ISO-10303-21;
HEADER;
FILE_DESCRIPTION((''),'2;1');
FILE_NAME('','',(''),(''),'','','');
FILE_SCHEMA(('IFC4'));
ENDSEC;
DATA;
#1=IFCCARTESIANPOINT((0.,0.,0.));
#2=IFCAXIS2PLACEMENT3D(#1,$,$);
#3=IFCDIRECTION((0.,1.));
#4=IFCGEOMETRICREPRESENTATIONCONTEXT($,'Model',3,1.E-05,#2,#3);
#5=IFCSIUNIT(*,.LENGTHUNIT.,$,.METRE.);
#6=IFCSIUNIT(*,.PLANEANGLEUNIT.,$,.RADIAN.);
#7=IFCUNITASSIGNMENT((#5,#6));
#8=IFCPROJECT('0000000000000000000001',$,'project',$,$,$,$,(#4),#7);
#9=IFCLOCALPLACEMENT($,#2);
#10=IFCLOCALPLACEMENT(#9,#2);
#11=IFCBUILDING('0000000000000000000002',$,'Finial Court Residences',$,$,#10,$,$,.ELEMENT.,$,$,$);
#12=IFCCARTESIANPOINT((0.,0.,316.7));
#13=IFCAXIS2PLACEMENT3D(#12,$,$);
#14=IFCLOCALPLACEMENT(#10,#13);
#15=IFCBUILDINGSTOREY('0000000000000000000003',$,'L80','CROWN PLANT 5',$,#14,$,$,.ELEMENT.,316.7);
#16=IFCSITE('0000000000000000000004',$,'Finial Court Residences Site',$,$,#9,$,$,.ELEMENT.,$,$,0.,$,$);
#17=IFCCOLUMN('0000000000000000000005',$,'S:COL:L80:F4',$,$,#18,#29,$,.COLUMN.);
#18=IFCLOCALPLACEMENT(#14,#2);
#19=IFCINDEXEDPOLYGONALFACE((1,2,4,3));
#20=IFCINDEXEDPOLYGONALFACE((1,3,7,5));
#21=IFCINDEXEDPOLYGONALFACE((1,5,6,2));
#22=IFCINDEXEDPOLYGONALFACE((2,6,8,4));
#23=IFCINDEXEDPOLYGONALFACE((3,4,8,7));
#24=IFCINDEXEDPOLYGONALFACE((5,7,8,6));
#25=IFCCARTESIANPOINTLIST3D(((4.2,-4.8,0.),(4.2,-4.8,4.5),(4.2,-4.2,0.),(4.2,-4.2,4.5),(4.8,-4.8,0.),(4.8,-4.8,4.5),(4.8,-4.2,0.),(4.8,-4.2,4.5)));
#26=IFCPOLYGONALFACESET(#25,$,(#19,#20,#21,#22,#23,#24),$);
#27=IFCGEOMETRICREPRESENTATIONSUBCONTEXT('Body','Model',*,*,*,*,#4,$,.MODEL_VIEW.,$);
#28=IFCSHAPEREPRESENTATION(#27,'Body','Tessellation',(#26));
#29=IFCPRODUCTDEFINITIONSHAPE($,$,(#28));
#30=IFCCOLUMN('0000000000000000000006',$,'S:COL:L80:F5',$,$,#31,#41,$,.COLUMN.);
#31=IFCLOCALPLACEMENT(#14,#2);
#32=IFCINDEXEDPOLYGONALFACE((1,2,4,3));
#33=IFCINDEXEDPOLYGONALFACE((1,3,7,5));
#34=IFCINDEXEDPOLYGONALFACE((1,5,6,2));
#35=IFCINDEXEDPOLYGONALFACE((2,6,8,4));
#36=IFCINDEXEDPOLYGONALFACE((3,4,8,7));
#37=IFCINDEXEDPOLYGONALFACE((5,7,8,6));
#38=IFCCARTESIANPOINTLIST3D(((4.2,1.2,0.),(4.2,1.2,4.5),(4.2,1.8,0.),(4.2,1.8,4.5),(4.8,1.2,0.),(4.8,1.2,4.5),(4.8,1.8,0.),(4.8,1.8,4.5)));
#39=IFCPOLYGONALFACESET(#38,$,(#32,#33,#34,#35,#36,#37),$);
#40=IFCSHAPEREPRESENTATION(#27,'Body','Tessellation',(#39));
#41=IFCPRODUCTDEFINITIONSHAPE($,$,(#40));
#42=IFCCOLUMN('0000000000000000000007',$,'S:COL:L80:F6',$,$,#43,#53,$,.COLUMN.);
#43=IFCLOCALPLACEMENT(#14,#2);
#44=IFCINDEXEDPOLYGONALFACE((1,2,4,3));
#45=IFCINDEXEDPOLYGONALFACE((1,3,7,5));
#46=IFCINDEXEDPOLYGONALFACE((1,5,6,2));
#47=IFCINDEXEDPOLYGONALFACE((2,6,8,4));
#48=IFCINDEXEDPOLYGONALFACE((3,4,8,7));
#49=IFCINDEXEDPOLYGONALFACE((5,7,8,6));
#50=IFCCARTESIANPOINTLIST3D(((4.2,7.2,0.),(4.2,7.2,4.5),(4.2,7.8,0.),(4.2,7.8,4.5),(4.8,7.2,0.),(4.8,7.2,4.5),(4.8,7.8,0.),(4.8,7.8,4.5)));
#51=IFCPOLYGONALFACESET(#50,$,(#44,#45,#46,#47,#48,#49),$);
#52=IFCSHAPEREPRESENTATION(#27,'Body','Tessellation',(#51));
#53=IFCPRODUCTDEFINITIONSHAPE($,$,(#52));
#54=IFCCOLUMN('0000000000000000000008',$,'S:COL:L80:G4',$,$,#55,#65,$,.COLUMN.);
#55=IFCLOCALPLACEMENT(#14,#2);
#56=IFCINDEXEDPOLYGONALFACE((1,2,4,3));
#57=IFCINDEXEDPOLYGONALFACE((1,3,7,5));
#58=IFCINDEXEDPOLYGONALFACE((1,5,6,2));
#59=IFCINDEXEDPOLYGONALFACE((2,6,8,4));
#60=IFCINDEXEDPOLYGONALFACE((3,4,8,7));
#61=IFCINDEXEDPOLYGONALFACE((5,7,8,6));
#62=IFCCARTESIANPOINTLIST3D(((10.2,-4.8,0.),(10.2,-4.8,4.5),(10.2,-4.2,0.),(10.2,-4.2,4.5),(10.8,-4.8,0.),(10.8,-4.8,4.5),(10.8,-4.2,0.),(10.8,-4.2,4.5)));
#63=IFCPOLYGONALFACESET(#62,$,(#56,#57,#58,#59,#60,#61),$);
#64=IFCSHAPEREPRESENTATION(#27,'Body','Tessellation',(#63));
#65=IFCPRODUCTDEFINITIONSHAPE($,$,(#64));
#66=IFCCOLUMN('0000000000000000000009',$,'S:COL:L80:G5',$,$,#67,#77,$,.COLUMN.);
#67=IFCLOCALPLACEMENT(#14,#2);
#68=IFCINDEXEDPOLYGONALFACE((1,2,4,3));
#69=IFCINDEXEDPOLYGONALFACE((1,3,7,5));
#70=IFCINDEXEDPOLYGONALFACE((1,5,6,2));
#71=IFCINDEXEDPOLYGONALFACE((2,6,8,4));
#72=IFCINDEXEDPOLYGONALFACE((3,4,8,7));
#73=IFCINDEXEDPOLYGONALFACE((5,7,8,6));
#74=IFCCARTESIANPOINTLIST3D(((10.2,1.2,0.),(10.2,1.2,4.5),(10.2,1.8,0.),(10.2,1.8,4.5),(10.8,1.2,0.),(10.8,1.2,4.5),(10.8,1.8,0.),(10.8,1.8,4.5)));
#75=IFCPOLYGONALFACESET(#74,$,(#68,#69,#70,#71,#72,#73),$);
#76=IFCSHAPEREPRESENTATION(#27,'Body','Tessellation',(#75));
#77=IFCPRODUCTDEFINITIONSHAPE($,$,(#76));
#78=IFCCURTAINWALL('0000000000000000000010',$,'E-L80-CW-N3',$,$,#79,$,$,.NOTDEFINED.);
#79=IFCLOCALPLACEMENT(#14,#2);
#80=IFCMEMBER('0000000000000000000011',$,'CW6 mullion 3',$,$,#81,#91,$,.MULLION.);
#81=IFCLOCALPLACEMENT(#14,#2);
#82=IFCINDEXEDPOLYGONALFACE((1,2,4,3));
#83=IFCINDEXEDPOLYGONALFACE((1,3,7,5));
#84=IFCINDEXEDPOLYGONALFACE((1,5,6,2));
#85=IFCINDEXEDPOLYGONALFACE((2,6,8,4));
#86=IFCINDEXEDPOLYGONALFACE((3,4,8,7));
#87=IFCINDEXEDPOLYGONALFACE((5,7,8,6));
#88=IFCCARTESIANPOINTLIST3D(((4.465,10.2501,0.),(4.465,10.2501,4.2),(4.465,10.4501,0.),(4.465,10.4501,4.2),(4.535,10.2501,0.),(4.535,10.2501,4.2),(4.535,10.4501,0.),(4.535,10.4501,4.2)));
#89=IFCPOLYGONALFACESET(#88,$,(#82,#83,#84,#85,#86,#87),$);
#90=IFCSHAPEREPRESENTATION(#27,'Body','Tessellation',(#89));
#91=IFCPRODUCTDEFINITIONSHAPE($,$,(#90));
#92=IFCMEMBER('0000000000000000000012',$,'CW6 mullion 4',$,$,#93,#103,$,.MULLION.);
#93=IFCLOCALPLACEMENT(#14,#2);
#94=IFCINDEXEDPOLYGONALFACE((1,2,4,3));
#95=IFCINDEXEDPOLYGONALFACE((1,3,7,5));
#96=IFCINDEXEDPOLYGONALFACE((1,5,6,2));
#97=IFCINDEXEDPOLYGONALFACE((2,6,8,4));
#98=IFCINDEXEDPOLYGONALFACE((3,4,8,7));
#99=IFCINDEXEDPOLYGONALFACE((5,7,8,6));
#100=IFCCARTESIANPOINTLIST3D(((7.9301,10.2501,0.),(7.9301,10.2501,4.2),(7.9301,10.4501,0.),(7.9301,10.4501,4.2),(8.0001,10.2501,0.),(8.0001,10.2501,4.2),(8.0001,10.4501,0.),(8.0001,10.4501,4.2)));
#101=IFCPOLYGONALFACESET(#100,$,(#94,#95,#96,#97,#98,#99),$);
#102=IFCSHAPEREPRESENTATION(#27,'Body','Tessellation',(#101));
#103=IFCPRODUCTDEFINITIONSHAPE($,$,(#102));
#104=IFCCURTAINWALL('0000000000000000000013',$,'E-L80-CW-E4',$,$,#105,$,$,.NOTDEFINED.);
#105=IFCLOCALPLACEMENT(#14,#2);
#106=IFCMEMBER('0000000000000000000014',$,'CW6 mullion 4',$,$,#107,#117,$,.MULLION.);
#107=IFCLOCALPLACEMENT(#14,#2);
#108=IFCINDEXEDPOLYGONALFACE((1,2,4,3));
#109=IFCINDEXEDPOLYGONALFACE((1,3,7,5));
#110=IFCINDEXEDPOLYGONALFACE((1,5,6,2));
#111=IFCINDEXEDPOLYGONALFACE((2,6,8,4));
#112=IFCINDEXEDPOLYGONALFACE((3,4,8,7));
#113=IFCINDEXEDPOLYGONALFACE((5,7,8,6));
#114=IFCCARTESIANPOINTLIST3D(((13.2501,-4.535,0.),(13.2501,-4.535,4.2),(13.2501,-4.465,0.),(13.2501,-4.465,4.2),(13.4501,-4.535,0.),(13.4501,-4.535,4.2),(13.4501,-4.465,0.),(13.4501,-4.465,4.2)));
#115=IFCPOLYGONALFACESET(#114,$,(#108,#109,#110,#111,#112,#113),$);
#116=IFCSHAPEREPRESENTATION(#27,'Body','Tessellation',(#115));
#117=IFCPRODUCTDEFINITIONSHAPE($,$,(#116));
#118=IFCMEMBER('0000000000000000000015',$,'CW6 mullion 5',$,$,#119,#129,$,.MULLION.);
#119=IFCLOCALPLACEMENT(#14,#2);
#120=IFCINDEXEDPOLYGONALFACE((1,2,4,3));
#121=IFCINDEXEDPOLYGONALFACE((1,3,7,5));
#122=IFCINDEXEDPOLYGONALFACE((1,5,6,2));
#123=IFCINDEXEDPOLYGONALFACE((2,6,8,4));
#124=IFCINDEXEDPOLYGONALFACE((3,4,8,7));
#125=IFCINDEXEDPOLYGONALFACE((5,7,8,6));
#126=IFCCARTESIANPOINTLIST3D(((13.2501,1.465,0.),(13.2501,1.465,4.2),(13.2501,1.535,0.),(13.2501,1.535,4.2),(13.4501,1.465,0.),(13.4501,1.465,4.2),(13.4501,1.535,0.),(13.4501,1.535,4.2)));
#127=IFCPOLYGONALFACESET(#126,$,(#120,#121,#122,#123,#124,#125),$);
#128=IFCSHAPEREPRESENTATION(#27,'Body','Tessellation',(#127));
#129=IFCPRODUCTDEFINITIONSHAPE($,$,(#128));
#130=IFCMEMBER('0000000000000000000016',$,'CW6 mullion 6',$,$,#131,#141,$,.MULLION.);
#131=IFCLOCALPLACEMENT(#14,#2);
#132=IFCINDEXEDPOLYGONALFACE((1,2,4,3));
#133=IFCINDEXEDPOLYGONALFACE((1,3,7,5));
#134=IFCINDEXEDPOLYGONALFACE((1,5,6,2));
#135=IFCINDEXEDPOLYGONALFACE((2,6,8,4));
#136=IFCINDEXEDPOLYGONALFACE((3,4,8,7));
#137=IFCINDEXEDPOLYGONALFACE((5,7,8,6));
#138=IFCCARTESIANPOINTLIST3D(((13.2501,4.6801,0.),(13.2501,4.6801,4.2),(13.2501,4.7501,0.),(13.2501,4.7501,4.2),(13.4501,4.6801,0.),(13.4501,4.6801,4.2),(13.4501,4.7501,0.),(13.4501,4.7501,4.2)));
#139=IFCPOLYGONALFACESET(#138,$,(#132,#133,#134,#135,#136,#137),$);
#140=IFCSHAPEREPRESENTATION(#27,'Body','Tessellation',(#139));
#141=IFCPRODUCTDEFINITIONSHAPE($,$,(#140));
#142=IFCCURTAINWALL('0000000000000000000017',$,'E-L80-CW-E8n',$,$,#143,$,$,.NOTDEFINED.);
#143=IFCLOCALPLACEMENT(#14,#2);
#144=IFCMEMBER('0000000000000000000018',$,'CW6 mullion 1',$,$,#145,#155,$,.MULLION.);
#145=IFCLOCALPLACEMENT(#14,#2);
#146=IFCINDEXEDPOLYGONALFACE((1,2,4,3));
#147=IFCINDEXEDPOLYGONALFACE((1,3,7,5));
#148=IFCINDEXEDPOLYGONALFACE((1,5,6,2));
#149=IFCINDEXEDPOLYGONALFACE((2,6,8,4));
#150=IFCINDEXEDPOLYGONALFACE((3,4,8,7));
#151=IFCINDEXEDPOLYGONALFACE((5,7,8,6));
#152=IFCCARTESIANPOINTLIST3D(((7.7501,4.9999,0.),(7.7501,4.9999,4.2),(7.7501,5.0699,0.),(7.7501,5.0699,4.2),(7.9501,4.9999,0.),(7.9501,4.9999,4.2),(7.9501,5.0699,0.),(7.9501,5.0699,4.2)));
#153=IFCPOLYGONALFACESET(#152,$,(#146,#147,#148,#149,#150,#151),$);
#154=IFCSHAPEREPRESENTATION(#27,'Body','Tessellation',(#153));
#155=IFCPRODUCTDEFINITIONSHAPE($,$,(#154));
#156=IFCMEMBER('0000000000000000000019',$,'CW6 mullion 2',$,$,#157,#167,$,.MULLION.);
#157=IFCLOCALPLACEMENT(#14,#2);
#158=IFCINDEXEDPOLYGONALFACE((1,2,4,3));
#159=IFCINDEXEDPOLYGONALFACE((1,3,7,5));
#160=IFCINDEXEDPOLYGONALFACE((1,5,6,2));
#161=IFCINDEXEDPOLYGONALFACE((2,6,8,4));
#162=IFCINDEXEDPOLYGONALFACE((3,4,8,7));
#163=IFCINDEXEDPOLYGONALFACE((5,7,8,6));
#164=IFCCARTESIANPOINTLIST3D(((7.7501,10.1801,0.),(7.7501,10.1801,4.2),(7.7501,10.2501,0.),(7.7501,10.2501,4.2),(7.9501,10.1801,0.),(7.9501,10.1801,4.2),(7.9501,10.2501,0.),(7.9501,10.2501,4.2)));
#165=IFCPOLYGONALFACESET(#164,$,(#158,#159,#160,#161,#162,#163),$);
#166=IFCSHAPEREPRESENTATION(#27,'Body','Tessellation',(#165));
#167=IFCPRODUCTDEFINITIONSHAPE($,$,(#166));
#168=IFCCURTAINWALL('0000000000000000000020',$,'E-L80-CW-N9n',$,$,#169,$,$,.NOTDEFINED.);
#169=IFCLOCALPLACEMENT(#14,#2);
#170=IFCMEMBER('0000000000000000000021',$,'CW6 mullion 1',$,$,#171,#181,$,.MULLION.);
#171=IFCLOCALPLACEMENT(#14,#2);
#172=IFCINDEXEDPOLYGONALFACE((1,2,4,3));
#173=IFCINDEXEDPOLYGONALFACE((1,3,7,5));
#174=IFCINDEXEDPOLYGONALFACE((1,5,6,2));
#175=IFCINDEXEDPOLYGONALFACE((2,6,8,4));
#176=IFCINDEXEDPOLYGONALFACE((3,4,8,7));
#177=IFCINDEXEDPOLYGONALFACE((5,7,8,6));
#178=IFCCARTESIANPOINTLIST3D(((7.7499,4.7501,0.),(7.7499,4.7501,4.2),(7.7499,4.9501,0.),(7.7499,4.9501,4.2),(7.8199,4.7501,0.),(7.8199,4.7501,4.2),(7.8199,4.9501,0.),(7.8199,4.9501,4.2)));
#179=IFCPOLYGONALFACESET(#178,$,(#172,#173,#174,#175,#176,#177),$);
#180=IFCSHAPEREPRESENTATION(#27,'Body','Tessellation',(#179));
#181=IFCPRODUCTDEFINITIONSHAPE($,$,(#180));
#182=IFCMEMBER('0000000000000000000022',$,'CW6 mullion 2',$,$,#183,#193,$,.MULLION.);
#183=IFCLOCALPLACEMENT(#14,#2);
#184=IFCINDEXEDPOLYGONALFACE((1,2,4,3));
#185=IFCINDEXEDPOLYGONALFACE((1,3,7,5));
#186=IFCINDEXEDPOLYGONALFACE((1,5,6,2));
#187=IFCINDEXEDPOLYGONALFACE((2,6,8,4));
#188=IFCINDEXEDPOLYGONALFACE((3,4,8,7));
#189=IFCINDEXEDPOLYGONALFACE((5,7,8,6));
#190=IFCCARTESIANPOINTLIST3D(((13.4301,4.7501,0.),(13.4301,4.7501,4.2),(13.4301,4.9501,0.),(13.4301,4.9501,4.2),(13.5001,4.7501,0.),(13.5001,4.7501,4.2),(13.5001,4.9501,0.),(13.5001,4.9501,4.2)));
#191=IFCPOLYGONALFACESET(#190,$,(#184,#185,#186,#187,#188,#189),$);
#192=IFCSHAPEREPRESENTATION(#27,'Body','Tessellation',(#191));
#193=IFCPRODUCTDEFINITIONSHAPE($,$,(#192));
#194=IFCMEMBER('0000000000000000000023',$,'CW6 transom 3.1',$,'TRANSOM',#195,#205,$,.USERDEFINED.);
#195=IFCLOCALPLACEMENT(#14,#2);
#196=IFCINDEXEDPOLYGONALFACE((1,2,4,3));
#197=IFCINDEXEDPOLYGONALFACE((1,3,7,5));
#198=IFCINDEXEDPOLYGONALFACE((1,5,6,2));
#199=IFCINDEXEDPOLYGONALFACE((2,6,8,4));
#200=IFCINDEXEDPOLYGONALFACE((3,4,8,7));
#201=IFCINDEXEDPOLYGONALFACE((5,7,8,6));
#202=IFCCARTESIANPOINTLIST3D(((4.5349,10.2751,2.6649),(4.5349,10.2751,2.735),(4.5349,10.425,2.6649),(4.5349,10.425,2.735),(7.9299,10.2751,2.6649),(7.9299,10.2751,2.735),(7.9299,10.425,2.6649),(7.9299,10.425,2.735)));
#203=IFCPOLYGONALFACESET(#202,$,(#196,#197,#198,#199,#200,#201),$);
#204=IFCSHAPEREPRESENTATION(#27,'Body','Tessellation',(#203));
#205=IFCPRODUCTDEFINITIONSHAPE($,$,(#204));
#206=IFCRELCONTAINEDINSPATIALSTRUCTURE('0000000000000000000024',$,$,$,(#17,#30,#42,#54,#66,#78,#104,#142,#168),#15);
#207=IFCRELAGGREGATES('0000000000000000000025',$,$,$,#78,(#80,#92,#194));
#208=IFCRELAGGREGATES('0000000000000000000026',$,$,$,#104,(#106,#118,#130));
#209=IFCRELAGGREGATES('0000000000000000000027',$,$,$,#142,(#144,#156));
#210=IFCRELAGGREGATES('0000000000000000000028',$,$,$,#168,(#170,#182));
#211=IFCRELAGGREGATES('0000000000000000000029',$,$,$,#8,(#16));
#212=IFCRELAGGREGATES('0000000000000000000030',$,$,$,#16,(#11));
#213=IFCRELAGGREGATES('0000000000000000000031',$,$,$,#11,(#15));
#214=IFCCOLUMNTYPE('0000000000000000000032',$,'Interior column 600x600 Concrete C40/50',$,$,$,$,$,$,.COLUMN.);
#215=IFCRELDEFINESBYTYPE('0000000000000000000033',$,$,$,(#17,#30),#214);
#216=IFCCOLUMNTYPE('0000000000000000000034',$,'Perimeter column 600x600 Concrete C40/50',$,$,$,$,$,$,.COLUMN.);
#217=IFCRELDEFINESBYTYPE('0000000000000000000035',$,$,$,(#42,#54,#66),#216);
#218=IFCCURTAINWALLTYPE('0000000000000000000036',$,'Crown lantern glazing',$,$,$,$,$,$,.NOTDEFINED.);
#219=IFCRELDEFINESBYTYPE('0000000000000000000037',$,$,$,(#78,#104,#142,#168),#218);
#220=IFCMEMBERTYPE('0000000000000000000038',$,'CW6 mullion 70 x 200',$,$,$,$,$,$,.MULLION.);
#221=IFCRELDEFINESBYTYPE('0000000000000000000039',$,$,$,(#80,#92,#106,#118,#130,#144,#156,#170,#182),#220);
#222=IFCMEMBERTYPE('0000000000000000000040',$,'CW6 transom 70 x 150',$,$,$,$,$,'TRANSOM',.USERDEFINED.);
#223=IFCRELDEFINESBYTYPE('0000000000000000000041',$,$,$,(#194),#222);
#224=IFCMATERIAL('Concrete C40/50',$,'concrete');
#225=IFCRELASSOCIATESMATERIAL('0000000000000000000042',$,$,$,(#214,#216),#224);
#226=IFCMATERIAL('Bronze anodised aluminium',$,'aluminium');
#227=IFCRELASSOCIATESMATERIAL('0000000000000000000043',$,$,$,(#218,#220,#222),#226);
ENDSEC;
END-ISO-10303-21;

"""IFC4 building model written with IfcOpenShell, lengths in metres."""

from ifc_helpers import new_model, si_unit, direction, frame, origin, origin_2d, place, context, subcontext, project, spatial, rectangle, extrude, material, material_profile, profile_set, type_object, element, aggregate, save


model = new_model("IFC4")

# Units and contexts
model_context = context("Model", 3, precision=1e-05, world=origin(), true_north=direction((0.0, 1.0)))
body_context = subcontext(model_context, "Body", "Model", "MODEL_VIEW")
ifc_project = project(units=[si_unit("LENGTHUNIT", "METRE"), si_unit("PLANEANGLEUNIT", "RADIAN")], contexts=[model_context])

# Site, building, storey
site_placement = place(None, origin())
site = spatial("IfcSite", under=ifc_project, at=site_placement, Name="Finial Court Residences Site", CompositionType="ELEMENT", RefElevation=0.0)
building_placement = place(site_placement, origin())
building = spatial("IfcBuilding", under=site, at=building_placement, Name="Finial Court Residences", CompositionType="ELEMENT")
storey_placement = place(building_placement, frame((0.0, 0.0, 316.7)))
storey = spatial("IfcBuildingStorey", under=building, at=storey_placement, Name="L80", Description="CROWN PLANT 5", CompositionType="ELEMENT", Elevation=316.7)

# Columns
ifc_material_1 = material(Name="Concrete C40/50", Category="concrete")
ifc_material_profile_1 = material_profile(ifc_material_1, rectangle(XDim=0.6001, YDim=0.6001, at=origin_2d()), Name="600x600")
ifc_profile_set_1 = profile_set([ifc_material_profile_1], Name="Concrete C40/50")
column_type_1 = type_object("IfcColumnType", Name="Interior column 600x600 Concrete C40/50", PredefinedType="COLUMN", material=ifc_profile_set_1)
for number, where, z_axis, x_axis, name in (
    (1, (4.5, -4.5, 0.0), (0.0, 0.0, 1.0), (1.0, 0.0, 0.0), "S:COL:L80:F4"),
    (2, (4.5, 1.5, 0.0), (0.0, 0.0, 1.0), (1.0, 0.0, 0.0), "S:COL:L80:F5"),
):
    element("IfcColumn", number, at=place(storey_placement, frame(where, z_axis=z_axis, x_axis=x_axis)), inside=storey, type_object=column_type_1, Name=name, PredefinedType="COLUMN", context=body_context, shape_type="SweptSolid", body=[
        extrude(rectangle(XDim=0.6001, YDim=0.6001, at=origin_2d()), origin(), (0.0, 0.0, 1.0), 4.5),
    ])
ifc_material_profile_2 = material_profile(ifc_material_1, rectangle(XDim=0.6001, YDim=0.6001, at=origin_2d()), Name="600x600")
ifc_profile_set_2 = profile_set([ifc_material_profile_2], Name="Concrete C40/50")
column_type_2 = type_object("IfcColumnType", Name="Perimeter column 600x600 Concrete C40/50", PredefinedType="COLUMN", material=ifc_profile_set_2)
for number, where, z_axis, x_axis, name in (
    (3, (4.5, 7.5, 0.0), (0.0, 0.0, 1.0), (1.0, 0.0, 0.0), "S:COL:L80:F6"),
    (4, (10.5, -4.5, 0.0), (0.0, 0.0, 1.0), (1.0, 0.0, 0.0), "S:COL:L80:G4"),
    (5, (10.5, 1.5, 0.0), (0.0, 0.0, 1.0), (1.0, 0.0, 0.0), "S:COL:L80:G5"),
):
    element("IfcColumn", number, at=place(storey_placement, frame(where, z_axis=z_axis, x_axis=x_axis)), inside=storey, type_object=column_type_2, Name=name, PredefinedType="COLUMN", context=body_context, shape_type="SweptSolid", body=[
        extrude(rectangle(XDim=0.6001, YDim=0.6001, at=origin_2d()), origin(), (0.0, 0.0, 1.0), 4.5),
    ])

# Curtain walls, members
ifc_material_2 = material(Name="Bronze anodised aluminium", Category="aluminium")
curtain_wall_type = type_object("IfcCurtainWallType", Name="Crown lantern glazing", PredefinedType="NOTDEFINED", material=ifc_material_2)
curtain_wall_1_placement = place(storey_placement, origin())
curtain_wall_1 = element("IfcCurtainWall", 6, at=curtain_wall_1_placement, inside=storey, type_object=curtain_wall_type, Name="E-L80-CW-N3", PredefinedType="NOTDEFINED")
ifc_material_profile_3 = material_profile(ifc_material_2, rectangle(XDim=0.2, YDim=0.0701, at=origin_2d()), Name="CW6 mullion 70 x 200")
ifc_profile_set_3 = profile_set([ifc_material_profile_3], Name="Bronze anodised aluminium")
member_type_1 = type_object("IfcMemberType", Name="CW6 mullion 70 x 200", PredefinedType="MULLION", material=ifc_profile_set_3)
member_1_placement = place(storey_placement, frame((4.5, 10.3501, 0.0), z_axis=(0.0, 0.0, 1.0), x_axis=(0.0, 1.0, 0.0)))
member_1 = element("IfcMember", 7, at=member_1_placement, type_object=member_type_1, Name="CW6 mullion 3", PredefinedType="MULLION", context=body_context, shape_type="SweptSolid", body=[
    extrude(rectangle(XDim=0.2, YDim=0.0701, at=origin_2d()), origin(), (0.0, 0.0, 1.0), 4.2),
])
member_2_placement = place(storey_placement, frame((7.9651, 10.3501, 0.0), z_axis=(0.0, 0.0, 1.0), x_axis=(0.0, 1.0, 0.0)))
member_2 = element("IfcMember", 8, at=member_2_placement, type_object=member_type_1, Name="CW6 mullion 4", PredefinedType="MULLION", context=body_context, shape_type="SweptSolid", body=[
    extrude(rectangle(XDim=0.2, YDim=0.0701, at=origin_2d()), origin(), (0.0, 0.0, 1.0), 4.2),
])
curtain_wall_2_placement = place(storey_placement, origin())
curtain_wall_2 = element("IfcCurtainWall", 9, at=curtain_wall_2_placement, inside=storey, type_object=curtain_wall_type, Name="E-L80-CW-E4", PredefinedType="NOTDEFINED")
member_3_placement = place(storey_placement, frame((13.3501, -4.5, 0.0), z_axis=(0.0, 0.0, 1.0), x_axis=(-1.0, 0.0, 0.0)))
member_3 = element("IfcMember", 10, at=member_3_placement, type_object=member_type_1, Name="CW6 mullion 4", PredefinedType="MULLION", context=body_context, shape_type="SweptSolid", body=[
    extrude(rectangle(XDim=0.2, YDim=0.0701, at=origin_2d()), origin(), (0.0, 0.0, 1.0), 4.2),
])
member_4_placement = place(storey_placement, frame((13.3501, 1.5, 0.0), z_axis=(0.0, 0.0, 1.0), x_axis=(-1.0, 0.0, 0.0)))
member_4 = element("IfcMember", 11, at=member_4_placement, type_object=member_type_1, Name="CW6 mullion 5", PredefinedType="MULLION", context=body_context, shape_type="SweptSolid", body=[
    extrude(rectangle(XDim=0.2, YDim=0.0701, at=origin_2d()), origin(), (0.0, 0.0, 1.0), 4.2),
])
member_5_placement = place(storey_placement, frame((13.3501, 4.7151, 0.0), z_axis=(0.0, 0.0, 1.0), x_axis=(-1.0, 0.0, 0.0)))
member_5 = element("IfcMember", 12, at=member_5_placement, type_object=member_type_1, Name="CW6 mullion 6", PredefinedType="MULLION", context=body_context, shape_type="SweptSolid", body=[
    extrude(rectangle(XDim=0.2, YDim=0.0701, at=origin_2d()), origin(), (0.0, 0.0, 1.0), 4.2),
])
curtain_wall_3_placement = place(storey_placement, origin())
curtain_wall_3 = element("IfcCurtainWall", 13, at=curtain_wall_3_placement, inside=storey, type_object=curtain_wall_type, Name="E-L80-CW-E8n", PredefinedType="NOTDEFINED")
member_6_placement = place(storey_placement, frame((7.8501, 5.0349, 0.0), z_axis=(0.0, 0.0, 1.0), x_axis=(-1.0, 0.0, 0.0)))
member_6 = element("IfcMember", 14, at=member_6_placement, type_object=member_type_1, Name="CW6 mullion 1", PredefinedType="MULLION", context=body_context, shape_type="SweptSolid", body=[
    extrude(rectangle(XDim=0.2, YDim=0.0701, at=origin_2d()), origin(), (0.0, 0.0, 1.0), 4.2),
])
member_7_placement = place(storey_placement, frame((7.8501, 10.2151, 0.0), z_axis=(0.0, 0.0, 1.0), x_axis=(-1.0, 0.0, 0.0)))
member_7 = element("IfcMember", 15, at=member_7_placement, type_object=member_type_1, Name="CW6 mullion 2", PredefinedType="MULLION", context=body_context, shape_type="SweptSolid", body=[
    extrude(rectangle(XDim=0.2, YDim=0.0701, at=origin_2d()), origin(), (0.0, 0.0, 1.0), 4.2),
])
curtain_wall_4_placement = place(storey_placement, origin())
curtain_wall_4 = element("IfcCurtainWall", 16, at=curtain_wall_4_placement, inside=storey, type_object=curtain_wall_type, Name="E-L80-CW-N9n", PredefinedType="NOTDEFINED")
member_8_placement = place(storey_placement, frame((7.7849, 4.8501, 0.0), z_axis=(0.0, 0.0, 1.0), x_axis=(0.0, 1.0, 0.0)))
member_8 = element("IfcMember", 17, at=member_8_placement, type_object=member_type_1, Name="CW6 mullion 1", PredefinedType="MULLION", context=body_context, shape_type="SweptSolid", body=[
    extrude(rectangle(XDim=0.2, YDim=0.0701, at=origin_2d()), origin(), (0.0, 0.0, 1.0), 4.2),
])
member_9_placement = place(storey_placement, frame((13.4651, 4.8501, 0.0), z_axis=(0.0, 0.0, 1.0), x_axis=(0.0, 1.0, 0.0)))
member_9 = element("IfcMember", 18, at=member_9_placement, type_object=member_type_1, Name="CW6 mullion 2", PredefinedType="MULLION", context=body_context, shape_type="SweptSolid", body=[
    extrude(rectangle(XDim=0.2, YDim=0.0701, at=origin_2d()), origin(), (0.0, 0.0, 1.0), 4.2),
])

# Member
ifc_material_profile_4 = material_profile(ifc_material_2, rectangle(XDim=0.1499, YDim=0.0701, at=origin_2d()), Name="CW6 transom 70 x 150")
ifc_profile_set_4 = profile_set([ifc_material_profile_4], Name="Bronze anodised aluminium")
member_type_2 = type_object("IfcMemberType", Name="CW6 transom 70 x 150", ElementType="TRANSOM", PredefinedType="USERDEFINED", material=ifc_profile_set_4)
member_10_placement = place(storey_placement, frame((4.5349, 10.3501, 2.7), z_axis=(1.0, 0.0, 0.0), x_axis=(0.0, 1.0, 0.0)))
member_10 = element("IfcMember", 19, at=member_10_placement, type_object=member_type_2, Name="CW6 transom 3.1", ObjectType="TRANSOM", PredefinedType="USERDEFINED", context=body_context, shape_type="SweptSolid", body=[
    extrude(rectangle(XDim=0.1499, YDim=0.0701, at=origin_2d()), origin(), (0.0, 0.0, 1.0), 3.395),
])

aggregate(curtain_wall_1, [member_1, member_2, member_10])
aggregate(curtain_wall_2, [member_3, member_4, member_5])
aggregate(curtain_wall_3, [member_6, member_7])
aggregate(curtain_wall_4, [member_8, member_9])

save(model, "model.ifc")
